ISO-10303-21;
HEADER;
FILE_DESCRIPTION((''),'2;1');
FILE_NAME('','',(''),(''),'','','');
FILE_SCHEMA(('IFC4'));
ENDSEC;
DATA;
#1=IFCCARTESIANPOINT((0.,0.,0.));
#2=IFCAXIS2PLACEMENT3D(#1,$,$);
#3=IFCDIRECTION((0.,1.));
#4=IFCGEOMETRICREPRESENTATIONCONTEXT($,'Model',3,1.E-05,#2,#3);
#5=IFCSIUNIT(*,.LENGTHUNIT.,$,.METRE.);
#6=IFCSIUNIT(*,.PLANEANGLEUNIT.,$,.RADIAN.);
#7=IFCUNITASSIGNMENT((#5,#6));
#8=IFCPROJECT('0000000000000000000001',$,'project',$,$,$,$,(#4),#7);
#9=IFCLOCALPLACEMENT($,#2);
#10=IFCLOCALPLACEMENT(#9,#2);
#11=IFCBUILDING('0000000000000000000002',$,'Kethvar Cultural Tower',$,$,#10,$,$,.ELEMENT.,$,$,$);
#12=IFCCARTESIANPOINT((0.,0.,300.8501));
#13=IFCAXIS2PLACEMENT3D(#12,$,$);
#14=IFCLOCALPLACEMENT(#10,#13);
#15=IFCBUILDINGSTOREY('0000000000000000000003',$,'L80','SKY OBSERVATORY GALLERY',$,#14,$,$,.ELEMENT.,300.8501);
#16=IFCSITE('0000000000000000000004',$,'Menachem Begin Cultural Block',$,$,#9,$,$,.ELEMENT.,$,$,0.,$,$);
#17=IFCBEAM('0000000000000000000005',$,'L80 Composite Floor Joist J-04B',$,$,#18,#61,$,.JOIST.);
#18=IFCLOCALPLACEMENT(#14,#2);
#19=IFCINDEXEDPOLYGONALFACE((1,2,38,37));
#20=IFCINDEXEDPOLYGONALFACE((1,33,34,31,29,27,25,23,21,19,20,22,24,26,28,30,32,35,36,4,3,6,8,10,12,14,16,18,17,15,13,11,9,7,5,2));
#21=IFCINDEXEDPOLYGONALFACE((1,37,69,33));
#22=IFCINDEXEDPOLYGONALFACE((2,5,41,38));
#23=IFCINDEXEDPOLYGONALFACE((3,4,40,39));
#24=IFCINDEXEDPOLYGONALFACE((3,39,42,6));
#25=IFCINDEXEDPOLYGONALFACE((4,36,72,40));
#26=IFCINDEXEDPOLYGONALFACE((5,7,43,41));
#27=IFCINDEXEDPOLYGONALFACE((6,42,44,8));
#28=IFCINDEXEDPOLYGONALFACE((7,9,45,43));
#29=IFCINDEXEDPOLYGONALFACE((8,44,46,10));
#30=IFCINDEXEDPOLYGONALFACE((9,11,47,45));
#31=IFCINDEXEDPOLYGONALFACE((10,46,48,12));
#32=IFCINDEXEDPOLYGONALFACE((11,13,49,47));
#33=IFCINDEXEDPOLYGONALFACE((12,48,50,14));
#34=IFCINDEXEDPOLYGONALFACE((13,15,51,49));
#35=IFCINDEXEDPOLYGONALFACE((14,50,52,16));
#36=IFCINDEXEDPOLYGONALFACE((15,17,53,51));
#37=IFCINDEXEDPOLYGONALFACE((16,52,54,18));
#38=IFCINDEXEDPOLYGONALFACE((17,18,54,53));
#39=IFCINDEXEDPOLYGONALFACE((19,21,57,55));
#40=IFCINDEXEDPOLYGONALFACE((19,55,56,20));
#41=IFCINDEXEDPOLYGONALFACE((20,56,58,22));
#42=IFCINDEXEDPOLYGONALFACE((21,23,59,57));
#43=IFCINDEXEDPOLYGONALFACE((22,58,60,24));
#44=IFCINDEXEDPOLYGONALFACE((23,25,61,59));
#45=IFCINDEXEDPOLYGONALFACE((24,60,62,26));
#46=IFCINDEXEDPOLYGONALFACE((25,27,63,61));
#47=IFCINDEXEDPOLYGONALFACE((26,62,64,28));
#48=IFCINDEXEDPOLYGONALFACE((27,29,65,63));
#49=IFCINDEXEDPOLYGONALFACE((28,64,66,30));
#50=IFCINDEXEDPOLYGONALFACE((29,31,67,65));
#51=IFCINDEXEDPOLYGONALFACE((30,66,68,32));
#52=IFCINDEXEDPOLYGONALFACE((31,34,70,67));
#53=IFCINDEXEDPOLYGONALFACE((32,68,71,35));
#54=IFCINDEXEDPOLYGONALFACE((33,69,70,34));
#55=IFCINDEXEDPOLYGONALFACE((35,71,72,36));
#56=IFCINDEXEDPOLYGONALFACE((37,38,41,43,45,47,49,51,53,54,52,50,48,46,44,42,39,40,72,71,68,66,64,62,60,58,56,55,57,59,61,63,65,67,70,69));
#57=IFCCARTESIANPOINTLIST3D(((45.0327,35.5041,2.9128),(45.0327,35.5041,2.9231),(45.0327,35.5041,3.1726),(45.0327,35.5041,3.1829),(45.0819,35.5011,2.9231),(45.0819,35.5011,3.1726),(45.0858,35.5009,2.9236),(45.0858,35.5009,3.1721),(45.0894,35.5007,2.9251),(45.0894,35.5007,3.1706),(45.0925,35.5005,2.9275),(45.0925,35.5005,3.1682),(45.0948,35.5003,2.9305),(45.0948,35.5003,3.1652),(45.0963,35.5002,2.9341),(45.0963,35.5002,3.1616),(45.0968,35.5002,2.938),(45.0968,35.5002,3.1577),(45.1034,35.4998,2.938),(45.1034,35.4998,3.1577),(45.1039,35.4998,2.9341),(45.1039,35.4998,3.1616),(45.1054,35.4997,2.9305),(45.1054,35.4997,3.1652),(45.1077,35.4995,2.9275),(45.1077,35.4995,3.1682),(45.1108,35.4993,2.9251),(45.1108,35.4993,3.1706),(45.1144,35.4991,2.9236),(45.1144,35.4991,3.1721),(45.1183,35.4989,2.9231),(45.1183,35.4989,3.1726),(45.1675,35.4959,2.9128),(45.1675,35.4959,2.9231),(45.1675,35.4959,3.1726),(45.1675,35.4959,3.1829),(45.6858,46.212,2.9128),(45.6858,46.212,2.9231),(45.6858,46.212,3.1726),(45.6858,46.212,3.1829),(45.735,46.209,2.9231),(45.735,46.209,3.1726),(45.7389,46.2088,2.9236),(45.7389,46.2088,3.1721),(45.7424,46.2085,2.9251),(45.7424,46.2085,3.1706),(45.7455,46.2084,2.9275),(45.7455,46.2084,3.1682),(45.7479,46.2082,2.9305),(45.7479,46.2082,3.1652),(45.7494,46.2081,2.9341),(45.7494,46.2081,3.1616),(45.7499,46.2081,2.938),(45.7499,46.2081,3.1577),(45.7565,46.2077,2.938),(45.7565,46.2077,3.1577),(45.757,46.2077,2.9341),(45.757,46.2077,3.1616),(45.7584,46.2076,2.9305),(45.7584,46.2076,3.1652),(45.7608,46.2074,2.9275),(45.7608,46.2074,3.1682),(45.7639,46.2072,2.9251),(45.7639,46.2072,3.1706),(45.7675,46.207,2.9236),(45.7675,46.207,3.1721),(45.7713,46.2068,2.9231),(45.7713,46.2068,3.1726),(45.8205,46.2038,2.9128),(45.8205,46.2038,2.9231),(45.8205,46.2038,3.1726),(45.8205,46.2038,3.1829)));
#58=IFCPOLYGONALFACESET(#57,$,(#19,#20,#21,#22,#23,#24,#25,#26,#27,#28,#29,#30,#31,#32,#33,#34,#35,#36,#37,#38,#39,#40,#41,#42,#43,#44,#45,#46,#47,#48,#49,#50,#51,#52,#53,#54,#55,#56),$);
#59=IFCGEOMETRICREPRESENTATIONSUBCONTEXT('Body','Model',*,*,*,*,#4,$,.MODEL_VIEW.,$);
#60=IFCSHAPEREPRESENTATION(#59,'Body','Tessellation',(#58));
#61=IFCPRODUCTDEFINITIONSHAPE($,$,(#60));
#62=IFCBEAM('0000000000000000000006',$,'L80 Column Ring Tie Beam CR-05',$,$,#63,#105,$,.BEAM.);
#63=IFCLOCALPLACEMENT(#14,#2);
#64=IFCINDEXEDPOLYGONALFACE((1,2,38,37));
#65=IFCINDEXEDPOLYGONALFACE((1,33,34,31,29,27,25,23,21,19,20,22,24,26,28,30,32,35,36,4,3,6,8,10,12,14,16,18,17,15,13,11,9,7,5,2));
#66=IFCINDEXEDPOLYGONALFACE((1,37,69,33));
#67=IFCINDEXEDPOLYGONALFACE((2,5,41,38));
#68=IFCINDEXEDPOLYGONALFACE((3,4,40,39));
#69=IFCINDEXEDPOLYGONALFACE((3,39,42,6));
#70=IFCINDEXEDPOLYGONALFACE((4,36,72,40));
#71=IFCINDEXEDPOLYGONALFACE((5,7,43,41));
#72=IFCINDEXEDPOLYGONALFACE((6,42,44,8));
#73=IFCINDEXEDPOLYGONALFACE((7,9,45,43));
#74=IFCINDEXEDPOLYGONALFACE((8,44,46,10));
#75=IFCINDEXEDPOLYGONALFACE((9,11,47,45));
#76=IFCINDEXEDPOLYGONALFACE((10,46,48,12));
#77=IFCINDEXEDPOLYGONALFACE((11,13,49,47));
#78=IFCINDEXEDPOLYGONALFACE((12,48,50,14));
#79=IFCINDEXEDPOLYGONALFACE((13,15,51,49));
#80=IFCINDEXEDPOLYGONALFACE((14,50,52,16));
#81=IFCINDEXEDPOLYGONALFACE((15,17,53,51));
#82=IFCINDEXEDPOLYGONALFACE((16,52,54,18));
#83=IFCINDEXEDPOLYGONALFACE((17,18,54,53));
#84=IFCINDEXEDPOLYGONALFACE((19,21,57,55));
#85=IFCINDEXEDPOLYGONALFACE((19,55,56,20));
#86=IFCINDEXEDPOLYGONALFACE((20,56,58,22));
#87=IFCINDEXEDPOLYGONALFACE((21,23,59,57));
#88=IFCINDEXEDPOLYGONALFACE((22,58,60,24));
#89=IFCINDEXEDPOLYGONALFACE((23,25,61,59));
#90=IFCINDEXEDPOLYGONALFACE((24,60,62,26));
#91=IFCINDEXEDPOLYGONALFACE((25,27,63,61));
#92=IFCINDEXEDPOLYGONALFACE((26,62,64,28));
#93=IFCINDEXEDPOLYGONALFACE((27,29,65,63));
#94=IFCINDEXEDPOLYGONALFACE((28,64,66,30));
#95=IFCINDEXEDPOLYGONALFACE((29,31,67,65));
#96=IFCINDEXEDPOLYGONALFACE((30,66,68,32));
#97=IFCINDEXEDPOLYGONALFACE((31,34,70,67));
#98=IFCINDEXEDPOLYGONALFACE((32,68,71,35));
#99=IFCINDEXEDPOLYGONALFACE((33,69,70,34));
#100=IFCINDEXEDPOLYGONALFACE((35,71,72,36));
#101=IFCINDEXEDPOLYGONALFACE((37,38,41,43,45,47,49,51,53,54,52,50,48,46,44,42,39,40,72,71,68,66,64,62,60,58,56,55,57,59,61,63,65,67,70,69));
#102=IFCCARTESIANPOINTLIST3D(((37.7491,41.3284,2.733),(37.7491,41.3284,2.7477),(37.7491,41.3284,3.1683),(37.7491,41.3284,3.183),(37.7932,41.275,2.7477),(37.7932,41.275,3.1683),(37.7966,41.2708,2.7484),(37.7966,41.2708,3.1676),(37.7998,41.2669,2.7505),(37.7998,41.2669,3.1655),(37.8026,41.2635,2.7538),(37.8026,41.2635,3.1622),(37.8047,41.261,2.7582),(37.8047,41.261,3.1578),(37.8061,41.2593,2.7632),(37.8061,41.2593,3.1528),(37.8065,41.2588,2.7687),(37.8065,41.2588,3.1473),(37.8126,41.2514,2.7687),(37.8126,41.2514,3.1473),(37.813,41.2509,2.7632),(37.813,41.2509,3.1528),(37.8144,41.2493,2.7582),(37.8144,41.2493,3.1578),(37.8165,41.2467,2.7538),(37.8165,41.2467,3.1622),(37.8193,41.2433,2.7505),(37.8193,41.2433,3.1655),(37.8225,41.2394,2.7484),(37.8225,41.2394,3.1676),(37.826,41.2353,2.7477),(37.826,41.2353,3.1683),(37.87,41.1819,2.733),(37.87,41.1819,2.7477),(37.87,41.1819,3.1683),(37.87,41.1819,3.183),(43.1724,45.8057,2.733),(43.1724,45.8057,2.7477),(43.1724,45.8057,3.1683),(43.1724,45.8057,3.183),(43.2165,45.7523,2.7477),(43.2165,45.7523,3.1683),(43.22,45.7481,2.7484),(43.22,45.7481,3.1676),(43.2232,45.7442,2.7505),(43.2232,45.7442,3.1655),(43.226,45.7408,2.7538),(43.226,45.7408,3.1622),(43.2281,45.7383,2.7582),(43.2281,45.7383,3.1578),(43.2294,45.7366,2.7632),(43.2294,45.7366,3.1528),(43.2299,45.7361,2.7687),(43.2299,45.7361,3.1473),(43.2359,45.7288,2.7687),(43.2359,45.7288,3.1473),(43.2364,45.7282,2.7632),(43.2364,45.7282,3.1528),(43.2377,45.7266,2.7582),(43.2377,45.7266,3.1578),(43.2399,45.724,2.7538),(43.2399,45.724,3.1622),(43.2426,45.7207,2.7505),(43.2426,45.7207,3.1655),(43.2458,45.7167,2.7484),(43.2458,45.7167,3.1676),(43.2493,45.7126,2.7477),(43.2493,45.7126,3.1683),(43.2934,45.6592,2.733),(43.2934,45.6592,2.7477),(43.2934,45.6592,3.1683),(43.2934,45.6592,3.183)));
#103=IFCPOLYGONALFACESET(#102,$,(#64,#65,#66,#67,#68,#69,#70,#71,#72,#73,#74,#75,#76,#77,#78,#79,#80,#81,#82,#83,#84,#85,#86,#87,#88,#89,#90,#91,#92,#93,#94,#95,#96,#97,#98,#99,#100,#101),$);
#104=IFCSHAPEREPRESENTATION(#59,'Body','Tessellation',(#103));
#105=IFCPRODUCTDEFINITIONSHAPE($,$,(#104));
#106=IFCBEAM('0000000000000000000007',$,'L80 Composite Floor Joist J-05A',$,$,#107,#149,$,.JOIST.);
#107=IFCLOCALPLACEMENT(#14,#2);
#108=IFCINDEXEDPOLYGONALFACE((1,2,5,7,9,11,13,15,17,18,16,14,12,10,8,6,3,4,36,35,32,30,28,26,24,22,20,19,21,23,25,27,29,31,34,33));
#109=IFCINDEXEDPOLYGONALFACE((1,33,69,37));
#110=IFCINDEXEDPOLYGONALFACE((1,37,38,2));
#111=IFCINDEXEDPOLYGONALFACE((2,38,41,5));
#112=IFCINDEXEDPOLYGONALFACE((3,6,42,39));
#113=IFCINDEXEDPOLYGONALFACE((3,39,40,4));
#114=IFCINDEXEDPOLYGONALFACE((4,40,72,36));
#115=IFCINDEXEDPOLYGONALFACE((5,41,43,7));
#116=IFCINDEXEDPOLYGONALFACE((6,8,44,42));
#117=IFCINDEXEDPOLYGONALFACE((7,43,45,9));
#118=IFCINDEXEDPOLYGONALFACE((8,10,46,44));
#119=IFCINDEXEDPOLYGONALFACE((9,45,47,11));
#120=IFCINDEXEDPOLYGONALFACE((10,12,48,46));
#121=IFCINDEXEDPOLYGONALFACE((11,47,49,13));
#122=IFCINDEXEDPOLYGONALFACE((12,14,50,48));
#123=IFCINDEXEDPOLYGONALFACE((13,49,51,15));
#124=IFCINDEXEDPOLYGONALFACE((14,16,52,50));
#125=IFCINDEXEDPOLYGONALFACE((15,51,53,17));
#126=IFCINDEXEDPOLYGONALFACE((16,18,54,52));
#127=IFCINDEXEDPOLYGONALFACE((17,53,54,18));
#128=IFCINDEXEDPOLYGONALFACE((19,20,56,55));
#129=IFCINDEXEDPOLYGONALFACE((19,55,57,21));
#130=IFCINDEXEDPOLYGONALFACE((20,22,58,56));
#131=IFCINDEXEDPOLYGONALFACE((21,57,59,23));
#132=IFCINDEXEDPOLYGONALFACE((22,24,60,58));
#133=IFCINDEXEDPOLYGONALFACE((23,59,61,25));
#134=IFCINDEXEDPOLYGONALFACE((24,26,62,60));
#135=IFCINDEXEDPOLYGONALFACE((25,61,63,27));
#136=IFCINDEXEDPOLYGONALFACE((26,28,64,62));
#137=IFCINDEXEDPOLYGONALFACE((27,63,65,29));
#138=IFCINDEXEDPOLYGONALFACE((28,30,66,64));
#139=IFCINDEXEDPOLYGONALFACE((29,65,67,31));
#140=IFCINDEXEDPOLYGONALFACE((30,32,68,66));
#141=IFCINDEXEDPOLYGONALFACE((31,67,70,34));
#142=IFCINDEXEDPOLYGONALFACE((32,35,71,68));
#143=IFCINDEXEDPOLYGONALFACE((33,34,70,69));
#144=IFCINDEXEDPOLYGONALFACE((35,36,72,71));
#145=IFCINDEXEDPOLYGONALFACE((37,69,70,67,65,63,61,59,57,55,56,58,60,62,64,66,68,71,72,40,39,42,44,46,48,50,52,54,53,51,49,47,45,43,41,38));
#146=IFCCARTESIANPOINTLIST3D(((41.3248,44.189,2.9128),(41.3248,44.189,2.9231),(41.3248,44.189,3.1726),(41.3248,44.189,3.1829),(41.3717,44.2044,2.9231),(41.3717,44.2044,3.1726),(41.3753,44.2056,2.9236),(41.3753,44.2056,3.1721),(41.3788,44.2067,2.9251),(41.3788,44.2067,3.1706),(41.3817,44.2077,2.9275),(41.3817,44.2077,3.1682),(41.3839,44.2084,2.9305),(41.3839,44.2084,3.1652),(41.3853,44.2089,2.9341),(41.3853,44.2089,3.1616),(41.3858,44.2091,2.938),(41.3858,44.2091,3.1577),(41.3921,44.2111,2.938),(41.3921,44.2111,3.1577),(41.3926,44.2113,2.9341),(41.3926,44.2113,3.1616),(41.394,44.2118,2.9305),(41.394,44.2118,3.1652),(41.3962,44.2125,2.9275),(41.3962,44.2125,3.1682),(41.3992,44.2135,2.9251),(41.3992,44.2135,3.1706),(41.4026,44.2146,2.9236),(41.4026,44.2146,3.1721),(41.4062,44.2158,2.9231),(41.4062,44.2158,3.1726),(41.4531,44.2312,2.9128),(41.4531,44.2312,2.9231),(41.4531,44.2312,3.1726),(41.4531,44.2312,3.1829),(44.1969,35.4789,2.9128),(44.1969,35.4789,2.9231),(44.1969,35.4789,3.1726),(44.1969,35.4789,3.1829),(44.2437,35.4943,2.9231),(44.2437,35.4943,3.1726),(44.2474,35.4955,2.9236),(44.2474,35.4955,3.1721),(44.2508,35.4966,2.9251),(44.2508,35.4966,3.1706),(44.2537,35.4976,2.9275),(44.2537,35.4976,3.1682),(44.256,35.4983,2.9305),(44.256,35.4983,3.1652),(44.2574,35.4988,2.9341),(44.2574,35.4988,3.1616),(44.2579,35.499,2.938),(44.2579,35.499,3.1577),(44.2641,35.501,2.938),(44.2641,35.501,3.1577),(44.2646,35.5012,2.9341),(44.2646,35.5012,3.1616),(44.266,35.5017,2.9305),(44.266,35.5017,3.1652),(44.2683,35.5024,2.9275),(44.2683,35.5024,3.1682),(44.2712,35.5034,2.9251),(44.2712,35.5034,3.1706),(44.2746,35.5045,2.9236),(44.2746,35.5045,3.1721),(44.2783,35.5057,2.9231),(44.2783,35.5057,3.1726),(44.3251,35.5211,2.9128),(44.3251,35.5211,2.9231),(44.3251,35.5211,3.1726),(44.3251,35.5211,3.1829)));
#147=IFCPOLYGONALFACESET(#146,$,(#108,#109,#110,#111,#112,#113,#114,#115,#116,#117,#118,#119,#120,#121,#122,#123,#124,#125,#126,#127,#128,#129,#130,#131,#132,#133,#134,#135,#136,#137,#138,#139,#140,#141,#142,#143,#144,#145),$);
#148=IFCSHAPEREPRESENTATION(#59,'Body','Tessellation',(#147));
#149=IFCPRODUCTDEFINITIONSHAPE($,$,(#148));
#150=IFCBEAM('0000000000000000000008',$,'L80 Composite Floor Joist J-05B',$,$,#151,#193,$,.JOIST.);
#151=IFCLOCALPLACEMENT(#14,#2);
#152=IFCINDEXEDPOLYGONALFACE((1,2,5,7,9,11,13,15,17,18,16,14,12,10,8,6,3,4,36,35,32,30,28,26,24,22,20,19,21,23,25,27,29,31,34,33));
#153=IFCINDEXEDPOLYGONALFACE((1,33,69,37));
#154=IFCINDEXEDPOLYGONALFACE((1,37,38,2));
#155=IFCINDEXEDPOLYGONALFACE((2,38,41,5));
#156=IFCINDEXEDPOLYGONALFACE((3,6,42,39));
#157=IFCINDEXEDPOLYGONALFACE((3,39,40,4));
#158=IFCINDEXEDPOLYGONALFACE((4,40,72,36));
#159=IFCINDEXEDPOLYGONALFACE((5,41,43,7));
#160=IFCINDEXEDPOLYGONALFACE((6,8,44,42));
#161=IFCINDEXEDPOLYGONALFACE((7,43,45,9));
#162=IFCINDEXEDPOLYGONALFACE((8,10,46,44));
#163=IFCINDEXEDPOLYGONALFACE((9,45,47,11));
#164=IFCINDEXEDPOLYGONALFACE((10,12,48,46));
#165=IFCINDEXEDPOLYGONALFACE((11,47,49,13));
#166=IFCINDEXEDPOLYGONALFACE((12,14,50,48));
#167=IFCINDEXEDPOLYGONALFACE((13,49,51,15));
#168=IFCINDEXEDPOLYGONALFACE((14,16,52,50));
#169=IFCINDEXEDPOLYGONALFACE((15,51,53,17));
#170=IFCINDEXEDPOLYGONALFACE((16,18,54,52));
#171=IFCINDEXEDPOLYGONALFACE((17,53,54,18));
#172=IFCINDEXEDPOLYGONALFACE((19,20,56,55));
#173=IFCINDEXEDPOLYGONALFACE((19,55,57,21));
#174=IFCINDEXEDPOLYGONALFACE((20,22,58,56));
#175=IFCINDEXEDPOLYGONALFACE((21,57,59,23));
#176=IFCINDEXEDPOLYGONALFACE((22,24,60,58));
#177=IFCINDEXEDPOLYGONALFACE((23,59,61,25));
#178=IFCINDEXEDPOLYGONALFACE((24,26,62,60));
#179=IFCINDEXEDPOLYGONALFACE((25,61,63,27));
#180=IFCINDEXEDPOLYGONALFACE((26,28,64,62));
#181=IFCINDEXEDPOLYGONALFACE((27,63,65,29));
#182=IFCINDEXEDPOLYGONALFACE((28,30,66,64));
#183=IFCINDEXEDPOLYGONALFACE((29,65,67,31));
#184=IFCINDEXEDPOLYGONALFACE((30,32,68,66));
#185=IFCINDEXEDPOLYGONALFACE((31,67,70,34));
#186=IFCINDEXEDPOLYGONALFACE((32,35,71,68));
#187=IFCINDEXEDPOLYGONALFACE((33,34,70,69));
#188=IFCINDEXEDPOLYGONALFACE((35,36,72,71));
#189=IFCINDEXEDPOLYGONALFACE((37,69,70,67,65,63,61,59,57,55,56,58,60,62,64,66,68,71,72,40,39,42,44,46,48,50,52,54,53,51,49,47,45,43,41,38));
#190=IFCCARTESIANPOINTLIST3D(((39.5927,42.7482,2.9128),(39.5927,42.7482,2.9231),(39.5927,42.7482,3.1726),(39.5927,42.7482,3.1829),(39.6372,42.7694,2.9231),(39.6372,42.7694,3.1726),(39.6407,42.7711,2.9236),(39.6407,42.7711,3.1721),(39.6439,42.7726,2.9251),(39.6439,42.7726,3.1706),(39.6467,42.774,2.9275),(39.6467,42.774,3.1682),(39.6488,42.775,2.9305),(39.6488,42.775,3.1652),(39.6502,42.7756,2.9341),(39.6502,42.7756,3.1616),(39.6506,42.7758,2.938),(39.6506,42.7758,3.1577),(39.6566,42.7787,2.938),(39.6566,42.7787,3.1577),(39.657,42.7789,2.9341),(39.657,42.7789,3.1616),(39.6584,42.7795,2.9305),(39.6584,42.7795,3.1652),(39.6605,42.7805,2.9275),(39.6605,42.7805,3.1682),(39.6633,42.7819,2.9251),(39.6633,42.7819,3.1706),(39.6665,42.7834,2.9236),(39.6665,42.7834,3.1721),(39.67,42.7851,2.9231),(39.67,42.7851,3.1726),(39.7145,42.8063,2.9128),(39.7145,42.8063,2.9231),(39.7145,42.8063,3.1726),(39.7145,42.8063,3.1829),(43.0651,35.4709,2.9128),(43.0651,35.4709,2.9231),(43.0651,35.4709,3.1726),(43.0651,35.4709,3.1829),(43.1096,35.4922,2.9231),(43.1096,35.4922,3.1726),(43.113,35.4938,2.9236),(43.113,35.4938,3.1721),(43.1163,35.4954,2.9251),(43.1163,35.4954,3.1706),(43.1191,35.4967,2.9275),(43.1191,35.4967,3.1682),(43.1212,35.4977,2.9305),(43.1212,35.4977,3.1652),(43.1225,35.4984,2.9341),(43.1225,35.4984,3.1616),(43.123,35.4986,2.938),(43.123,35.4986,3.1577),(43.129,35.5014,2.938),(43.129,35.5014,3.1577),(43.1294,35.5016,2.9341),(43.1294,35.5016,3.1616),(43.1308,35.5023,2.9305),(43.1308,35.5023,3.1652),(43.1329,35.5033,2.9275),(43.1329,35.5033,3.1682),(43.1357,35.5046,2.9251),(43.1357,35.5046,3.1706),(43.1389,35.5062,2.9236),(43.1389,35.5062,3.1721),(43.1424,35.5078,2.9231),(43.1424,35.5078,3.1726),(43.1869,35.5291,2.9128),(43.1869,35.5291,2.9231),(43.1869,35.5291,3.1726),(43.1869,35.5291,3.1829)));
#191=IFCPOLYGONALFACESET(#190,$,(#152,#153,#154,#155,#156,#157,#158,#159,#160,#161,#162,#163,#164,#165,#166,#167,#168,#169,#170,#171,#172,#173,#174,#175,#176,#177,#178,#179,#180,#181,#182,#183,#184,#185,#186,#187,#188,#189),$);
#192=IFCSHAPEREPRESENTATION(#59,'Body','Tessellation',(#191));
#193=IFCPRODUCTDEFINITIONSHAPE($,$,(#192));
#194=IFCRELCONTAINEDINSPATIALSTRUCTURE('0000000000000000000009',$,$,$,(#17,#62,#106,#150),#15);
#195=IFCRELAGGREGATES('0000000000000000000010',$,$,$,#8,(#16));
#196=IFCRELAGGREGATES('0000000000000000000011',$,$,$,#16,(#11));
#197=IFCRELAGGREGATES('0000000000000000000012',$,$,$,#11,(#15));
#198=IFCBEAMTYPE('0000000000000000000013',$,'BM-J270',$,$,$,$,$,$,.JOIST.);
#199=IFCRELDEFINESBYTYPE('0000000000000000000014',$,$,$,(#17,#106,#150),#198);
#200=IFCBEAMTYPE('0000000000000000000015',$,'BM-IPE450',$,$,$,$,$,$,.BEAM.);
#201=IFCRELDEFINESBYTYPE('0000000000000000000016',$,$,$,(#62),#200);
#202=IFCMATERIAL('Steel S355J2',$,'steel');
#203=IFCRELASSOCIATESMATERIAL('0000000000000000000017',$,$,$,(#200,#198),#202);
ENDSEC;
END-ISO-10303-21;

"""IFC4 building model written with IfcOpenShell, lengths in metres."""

from ifc_helpers import new_model, si_unit, direction, frame, origin, origin_2d, place, context, subcontext, project, spatial, i_section, extrude, source, transform, mapped, material, material_profile, profile_set, type_object, element, save


model = new_model("IFC4")

# Units and contexts
model_context = context("Model", 3, precision=1e-05, world=origin(), true_north=direction((0.0, 1.0)))
body_context = subcontext(model_context, "Body", "Model", "MODEL_VIEW")
ifc_project = project(units=[si_unit("LENGTHUNIT", "METRE"), si_unit("PLANEANGLEUNIT", "RADIAN")], contexts=[model_context])

# Site, building, storey
site_placement = place(None, origin())
site = spatial("IfcSite", under=ifc_project, at=site_placement, Name="Menachem Begin Cultural Block", CompositionType="ELEMENT", RefElevation=0.0)
building_placement = place(site_placement, origin())
building = spatial("IfcBuilding", under=site, at=building_placement, Name="Kethvar Cultural Tower", CompositionType="ELEMENT")
storey_placement = place(building_placement, frame((0.0, 0.0, 300.8501)))
storey = spatial("IfcBuildingStorey", under=building, at=storey_placement, Name="L80", Description="SKY OBSERVATORY GALLERY", CompositionType="ELEMENT", Elevation=300.8501)

# Shared definitions
ifc_material_1 = material(Name="Steel S355J2", Category="steel")

# Beams
ifc_material_profile_1 = material_profile(ifc_material_1, i_section(OverallWidth=0.1899, OverallDepth=0.45, WebThickness=0.0095, FlangeThickness=0.0146, FilletRadius=0.021, at=origin_2d()), Name="Steel S355J2 — IPE450")
ifc_profile_set_1 = profile_set([ifc_material_profile_1], Name="Steel S355J2 — IPE450")
beam_type_1 = type_object("IfcBeamType", Name="BM-IPE450", PredefinedType="BEAM", material=ifc_profile_set_1)
ifc_material_profile_2 = material_profile(ifc_material_1, i_section(OverallWidth=0.135, OverallDepth=0.27, WebThickness=0.0066, FlangeThickness=0.0103, FilletRadius=0.0149, at=origin_2d()), Name="Steel S355J2 — IPE270")
ifc_profile_set_2 = profile_set([ifc_material_profile_2], Name="Steel S355J2 — IPE270")
beam_type_2 = type_object("IfcBeamType", Name="BM-J270", PredefinedType="JOIST", material=ifc_profile_set_2)
shared_shape_1 = source(origin(), body_context, "Body", "SweptSolid", [
    extrude(i_section(OverallWidth=0.135, OverallDepth=0.27, WebThickness=0.0066, FlangeThickness=0.0103, FilletRadius=0.0149, at=origin_2d()), origin(), (0.0, 0.0, 1.0), 10.7278),
])
beam_1_placement = place(storey_placement, frame((45.1001, 35.5, 3.0479), z_axis=(0.060876, 0.998145, 0.0), x_axis=(-0.998145, 0.060876, 0.0)))
element("IfcBeam", 1, at=beam_1_placement, inside=storey, type_object=beam_type_2, Name="L80 Composite Floor Joist J-04B", PredefinedType="JOIST", context=body_context, shape_type="MappedRepresentation", body=[
    mapped(shared_shape_1, transform((0.0, 0.0, 0.0), scale=1.0)),
])
shared_shape_2 = source(origin(), body_context, "Body", "SweptSolid", [
    extrude(i_section(OverallWidth=0.1899, OverallDepth=0.45, WebThickness=0.0095, FlangeThickness=0.0146, FilletRadius=0.021, at=origin_2d()), origin(), (0.0, 0.0, 1.0), 7.0327),
])
beam_2_placement = place(storey_placement, frame((43.2329, 45.7324, 2.958), z_axis=(-0.771161, -0.63664, 0.0), x_axis=(0.63664, -0.771161, 0.0)))
element("IfcBeam", 2, at=beam_2_placement, inside=storey, type_object=beam_type_1, Name="L80 Column Ring Tie Beam CR-05", PredefinedType="BEAM", context=body_context, shape_type="MappedRepresentation", body=[
    mapped(shared_shape_2, transform((0.0, 0.0, 0.0), scale=1.0)),
])
shared_shape_3 = source(origin(), body_context, "Body", "SweptSolid", [
    extrude(i_section(OverallWidth=0.135, OverallDepth=0.27, WebThickness=0.0066, FlangeThickness=0.0103, FilletRadius=0.0149, at=origin_2d()), origin(), (0.0, 0.0, 1.0), 9.1714),
])
beam_3_placement = place(storey_placement, frame((44.261, 35.5, 3.0479), z_axis=(-0.313152, 0.949703, 0.0), x_axis=(-0.949703, -0.313152, 0.0)))
element("IfcBeam", 3, at=beam_3_placement, inside=storey, type_object=beam_type_2, Name="L80 Composite Floor Joist J-05A", PredefinedType="JOIST", context=body_context, shape_type="MappedRepresentation", body=[
    mapped(shared_shape_3, transform((0.0, 0.0, 0.0), scale=1.0)),
])
shared_shape_4 = source(origin(), body_context, "Body", "SweptSolid", [
    extrude(i_section(OverallWidth=0.135, OverallDepth=0.27, WebThickness=0.0066, FlangeThickness=0.0103, FilletRadius=0.0149, at=origin_2d()), origin(), (0.0, 0.0, 1.0), 8.0632),
])
beam_4_placement = place(storey_placement, frame((43.126, 35.5, 3.0479), z_axis=(-0.430642, 0.902523, 0.0), x_axis=(-0.902523, -0.430642, 0.0)))
element("IfcBeam", 4, at=beam_4_placement, inside=storey, type_object=beam_type_2, Name="L80 Composite Floor Joist J-05B", PredefinedType="JOIST", context=body_context, shape_type="MappedRepresentation", body=[
    mapped(shared_shape_4, transform((0.0, 0.0, 0.0), scale=1.0)),
])

save(model, "model.ifc")
